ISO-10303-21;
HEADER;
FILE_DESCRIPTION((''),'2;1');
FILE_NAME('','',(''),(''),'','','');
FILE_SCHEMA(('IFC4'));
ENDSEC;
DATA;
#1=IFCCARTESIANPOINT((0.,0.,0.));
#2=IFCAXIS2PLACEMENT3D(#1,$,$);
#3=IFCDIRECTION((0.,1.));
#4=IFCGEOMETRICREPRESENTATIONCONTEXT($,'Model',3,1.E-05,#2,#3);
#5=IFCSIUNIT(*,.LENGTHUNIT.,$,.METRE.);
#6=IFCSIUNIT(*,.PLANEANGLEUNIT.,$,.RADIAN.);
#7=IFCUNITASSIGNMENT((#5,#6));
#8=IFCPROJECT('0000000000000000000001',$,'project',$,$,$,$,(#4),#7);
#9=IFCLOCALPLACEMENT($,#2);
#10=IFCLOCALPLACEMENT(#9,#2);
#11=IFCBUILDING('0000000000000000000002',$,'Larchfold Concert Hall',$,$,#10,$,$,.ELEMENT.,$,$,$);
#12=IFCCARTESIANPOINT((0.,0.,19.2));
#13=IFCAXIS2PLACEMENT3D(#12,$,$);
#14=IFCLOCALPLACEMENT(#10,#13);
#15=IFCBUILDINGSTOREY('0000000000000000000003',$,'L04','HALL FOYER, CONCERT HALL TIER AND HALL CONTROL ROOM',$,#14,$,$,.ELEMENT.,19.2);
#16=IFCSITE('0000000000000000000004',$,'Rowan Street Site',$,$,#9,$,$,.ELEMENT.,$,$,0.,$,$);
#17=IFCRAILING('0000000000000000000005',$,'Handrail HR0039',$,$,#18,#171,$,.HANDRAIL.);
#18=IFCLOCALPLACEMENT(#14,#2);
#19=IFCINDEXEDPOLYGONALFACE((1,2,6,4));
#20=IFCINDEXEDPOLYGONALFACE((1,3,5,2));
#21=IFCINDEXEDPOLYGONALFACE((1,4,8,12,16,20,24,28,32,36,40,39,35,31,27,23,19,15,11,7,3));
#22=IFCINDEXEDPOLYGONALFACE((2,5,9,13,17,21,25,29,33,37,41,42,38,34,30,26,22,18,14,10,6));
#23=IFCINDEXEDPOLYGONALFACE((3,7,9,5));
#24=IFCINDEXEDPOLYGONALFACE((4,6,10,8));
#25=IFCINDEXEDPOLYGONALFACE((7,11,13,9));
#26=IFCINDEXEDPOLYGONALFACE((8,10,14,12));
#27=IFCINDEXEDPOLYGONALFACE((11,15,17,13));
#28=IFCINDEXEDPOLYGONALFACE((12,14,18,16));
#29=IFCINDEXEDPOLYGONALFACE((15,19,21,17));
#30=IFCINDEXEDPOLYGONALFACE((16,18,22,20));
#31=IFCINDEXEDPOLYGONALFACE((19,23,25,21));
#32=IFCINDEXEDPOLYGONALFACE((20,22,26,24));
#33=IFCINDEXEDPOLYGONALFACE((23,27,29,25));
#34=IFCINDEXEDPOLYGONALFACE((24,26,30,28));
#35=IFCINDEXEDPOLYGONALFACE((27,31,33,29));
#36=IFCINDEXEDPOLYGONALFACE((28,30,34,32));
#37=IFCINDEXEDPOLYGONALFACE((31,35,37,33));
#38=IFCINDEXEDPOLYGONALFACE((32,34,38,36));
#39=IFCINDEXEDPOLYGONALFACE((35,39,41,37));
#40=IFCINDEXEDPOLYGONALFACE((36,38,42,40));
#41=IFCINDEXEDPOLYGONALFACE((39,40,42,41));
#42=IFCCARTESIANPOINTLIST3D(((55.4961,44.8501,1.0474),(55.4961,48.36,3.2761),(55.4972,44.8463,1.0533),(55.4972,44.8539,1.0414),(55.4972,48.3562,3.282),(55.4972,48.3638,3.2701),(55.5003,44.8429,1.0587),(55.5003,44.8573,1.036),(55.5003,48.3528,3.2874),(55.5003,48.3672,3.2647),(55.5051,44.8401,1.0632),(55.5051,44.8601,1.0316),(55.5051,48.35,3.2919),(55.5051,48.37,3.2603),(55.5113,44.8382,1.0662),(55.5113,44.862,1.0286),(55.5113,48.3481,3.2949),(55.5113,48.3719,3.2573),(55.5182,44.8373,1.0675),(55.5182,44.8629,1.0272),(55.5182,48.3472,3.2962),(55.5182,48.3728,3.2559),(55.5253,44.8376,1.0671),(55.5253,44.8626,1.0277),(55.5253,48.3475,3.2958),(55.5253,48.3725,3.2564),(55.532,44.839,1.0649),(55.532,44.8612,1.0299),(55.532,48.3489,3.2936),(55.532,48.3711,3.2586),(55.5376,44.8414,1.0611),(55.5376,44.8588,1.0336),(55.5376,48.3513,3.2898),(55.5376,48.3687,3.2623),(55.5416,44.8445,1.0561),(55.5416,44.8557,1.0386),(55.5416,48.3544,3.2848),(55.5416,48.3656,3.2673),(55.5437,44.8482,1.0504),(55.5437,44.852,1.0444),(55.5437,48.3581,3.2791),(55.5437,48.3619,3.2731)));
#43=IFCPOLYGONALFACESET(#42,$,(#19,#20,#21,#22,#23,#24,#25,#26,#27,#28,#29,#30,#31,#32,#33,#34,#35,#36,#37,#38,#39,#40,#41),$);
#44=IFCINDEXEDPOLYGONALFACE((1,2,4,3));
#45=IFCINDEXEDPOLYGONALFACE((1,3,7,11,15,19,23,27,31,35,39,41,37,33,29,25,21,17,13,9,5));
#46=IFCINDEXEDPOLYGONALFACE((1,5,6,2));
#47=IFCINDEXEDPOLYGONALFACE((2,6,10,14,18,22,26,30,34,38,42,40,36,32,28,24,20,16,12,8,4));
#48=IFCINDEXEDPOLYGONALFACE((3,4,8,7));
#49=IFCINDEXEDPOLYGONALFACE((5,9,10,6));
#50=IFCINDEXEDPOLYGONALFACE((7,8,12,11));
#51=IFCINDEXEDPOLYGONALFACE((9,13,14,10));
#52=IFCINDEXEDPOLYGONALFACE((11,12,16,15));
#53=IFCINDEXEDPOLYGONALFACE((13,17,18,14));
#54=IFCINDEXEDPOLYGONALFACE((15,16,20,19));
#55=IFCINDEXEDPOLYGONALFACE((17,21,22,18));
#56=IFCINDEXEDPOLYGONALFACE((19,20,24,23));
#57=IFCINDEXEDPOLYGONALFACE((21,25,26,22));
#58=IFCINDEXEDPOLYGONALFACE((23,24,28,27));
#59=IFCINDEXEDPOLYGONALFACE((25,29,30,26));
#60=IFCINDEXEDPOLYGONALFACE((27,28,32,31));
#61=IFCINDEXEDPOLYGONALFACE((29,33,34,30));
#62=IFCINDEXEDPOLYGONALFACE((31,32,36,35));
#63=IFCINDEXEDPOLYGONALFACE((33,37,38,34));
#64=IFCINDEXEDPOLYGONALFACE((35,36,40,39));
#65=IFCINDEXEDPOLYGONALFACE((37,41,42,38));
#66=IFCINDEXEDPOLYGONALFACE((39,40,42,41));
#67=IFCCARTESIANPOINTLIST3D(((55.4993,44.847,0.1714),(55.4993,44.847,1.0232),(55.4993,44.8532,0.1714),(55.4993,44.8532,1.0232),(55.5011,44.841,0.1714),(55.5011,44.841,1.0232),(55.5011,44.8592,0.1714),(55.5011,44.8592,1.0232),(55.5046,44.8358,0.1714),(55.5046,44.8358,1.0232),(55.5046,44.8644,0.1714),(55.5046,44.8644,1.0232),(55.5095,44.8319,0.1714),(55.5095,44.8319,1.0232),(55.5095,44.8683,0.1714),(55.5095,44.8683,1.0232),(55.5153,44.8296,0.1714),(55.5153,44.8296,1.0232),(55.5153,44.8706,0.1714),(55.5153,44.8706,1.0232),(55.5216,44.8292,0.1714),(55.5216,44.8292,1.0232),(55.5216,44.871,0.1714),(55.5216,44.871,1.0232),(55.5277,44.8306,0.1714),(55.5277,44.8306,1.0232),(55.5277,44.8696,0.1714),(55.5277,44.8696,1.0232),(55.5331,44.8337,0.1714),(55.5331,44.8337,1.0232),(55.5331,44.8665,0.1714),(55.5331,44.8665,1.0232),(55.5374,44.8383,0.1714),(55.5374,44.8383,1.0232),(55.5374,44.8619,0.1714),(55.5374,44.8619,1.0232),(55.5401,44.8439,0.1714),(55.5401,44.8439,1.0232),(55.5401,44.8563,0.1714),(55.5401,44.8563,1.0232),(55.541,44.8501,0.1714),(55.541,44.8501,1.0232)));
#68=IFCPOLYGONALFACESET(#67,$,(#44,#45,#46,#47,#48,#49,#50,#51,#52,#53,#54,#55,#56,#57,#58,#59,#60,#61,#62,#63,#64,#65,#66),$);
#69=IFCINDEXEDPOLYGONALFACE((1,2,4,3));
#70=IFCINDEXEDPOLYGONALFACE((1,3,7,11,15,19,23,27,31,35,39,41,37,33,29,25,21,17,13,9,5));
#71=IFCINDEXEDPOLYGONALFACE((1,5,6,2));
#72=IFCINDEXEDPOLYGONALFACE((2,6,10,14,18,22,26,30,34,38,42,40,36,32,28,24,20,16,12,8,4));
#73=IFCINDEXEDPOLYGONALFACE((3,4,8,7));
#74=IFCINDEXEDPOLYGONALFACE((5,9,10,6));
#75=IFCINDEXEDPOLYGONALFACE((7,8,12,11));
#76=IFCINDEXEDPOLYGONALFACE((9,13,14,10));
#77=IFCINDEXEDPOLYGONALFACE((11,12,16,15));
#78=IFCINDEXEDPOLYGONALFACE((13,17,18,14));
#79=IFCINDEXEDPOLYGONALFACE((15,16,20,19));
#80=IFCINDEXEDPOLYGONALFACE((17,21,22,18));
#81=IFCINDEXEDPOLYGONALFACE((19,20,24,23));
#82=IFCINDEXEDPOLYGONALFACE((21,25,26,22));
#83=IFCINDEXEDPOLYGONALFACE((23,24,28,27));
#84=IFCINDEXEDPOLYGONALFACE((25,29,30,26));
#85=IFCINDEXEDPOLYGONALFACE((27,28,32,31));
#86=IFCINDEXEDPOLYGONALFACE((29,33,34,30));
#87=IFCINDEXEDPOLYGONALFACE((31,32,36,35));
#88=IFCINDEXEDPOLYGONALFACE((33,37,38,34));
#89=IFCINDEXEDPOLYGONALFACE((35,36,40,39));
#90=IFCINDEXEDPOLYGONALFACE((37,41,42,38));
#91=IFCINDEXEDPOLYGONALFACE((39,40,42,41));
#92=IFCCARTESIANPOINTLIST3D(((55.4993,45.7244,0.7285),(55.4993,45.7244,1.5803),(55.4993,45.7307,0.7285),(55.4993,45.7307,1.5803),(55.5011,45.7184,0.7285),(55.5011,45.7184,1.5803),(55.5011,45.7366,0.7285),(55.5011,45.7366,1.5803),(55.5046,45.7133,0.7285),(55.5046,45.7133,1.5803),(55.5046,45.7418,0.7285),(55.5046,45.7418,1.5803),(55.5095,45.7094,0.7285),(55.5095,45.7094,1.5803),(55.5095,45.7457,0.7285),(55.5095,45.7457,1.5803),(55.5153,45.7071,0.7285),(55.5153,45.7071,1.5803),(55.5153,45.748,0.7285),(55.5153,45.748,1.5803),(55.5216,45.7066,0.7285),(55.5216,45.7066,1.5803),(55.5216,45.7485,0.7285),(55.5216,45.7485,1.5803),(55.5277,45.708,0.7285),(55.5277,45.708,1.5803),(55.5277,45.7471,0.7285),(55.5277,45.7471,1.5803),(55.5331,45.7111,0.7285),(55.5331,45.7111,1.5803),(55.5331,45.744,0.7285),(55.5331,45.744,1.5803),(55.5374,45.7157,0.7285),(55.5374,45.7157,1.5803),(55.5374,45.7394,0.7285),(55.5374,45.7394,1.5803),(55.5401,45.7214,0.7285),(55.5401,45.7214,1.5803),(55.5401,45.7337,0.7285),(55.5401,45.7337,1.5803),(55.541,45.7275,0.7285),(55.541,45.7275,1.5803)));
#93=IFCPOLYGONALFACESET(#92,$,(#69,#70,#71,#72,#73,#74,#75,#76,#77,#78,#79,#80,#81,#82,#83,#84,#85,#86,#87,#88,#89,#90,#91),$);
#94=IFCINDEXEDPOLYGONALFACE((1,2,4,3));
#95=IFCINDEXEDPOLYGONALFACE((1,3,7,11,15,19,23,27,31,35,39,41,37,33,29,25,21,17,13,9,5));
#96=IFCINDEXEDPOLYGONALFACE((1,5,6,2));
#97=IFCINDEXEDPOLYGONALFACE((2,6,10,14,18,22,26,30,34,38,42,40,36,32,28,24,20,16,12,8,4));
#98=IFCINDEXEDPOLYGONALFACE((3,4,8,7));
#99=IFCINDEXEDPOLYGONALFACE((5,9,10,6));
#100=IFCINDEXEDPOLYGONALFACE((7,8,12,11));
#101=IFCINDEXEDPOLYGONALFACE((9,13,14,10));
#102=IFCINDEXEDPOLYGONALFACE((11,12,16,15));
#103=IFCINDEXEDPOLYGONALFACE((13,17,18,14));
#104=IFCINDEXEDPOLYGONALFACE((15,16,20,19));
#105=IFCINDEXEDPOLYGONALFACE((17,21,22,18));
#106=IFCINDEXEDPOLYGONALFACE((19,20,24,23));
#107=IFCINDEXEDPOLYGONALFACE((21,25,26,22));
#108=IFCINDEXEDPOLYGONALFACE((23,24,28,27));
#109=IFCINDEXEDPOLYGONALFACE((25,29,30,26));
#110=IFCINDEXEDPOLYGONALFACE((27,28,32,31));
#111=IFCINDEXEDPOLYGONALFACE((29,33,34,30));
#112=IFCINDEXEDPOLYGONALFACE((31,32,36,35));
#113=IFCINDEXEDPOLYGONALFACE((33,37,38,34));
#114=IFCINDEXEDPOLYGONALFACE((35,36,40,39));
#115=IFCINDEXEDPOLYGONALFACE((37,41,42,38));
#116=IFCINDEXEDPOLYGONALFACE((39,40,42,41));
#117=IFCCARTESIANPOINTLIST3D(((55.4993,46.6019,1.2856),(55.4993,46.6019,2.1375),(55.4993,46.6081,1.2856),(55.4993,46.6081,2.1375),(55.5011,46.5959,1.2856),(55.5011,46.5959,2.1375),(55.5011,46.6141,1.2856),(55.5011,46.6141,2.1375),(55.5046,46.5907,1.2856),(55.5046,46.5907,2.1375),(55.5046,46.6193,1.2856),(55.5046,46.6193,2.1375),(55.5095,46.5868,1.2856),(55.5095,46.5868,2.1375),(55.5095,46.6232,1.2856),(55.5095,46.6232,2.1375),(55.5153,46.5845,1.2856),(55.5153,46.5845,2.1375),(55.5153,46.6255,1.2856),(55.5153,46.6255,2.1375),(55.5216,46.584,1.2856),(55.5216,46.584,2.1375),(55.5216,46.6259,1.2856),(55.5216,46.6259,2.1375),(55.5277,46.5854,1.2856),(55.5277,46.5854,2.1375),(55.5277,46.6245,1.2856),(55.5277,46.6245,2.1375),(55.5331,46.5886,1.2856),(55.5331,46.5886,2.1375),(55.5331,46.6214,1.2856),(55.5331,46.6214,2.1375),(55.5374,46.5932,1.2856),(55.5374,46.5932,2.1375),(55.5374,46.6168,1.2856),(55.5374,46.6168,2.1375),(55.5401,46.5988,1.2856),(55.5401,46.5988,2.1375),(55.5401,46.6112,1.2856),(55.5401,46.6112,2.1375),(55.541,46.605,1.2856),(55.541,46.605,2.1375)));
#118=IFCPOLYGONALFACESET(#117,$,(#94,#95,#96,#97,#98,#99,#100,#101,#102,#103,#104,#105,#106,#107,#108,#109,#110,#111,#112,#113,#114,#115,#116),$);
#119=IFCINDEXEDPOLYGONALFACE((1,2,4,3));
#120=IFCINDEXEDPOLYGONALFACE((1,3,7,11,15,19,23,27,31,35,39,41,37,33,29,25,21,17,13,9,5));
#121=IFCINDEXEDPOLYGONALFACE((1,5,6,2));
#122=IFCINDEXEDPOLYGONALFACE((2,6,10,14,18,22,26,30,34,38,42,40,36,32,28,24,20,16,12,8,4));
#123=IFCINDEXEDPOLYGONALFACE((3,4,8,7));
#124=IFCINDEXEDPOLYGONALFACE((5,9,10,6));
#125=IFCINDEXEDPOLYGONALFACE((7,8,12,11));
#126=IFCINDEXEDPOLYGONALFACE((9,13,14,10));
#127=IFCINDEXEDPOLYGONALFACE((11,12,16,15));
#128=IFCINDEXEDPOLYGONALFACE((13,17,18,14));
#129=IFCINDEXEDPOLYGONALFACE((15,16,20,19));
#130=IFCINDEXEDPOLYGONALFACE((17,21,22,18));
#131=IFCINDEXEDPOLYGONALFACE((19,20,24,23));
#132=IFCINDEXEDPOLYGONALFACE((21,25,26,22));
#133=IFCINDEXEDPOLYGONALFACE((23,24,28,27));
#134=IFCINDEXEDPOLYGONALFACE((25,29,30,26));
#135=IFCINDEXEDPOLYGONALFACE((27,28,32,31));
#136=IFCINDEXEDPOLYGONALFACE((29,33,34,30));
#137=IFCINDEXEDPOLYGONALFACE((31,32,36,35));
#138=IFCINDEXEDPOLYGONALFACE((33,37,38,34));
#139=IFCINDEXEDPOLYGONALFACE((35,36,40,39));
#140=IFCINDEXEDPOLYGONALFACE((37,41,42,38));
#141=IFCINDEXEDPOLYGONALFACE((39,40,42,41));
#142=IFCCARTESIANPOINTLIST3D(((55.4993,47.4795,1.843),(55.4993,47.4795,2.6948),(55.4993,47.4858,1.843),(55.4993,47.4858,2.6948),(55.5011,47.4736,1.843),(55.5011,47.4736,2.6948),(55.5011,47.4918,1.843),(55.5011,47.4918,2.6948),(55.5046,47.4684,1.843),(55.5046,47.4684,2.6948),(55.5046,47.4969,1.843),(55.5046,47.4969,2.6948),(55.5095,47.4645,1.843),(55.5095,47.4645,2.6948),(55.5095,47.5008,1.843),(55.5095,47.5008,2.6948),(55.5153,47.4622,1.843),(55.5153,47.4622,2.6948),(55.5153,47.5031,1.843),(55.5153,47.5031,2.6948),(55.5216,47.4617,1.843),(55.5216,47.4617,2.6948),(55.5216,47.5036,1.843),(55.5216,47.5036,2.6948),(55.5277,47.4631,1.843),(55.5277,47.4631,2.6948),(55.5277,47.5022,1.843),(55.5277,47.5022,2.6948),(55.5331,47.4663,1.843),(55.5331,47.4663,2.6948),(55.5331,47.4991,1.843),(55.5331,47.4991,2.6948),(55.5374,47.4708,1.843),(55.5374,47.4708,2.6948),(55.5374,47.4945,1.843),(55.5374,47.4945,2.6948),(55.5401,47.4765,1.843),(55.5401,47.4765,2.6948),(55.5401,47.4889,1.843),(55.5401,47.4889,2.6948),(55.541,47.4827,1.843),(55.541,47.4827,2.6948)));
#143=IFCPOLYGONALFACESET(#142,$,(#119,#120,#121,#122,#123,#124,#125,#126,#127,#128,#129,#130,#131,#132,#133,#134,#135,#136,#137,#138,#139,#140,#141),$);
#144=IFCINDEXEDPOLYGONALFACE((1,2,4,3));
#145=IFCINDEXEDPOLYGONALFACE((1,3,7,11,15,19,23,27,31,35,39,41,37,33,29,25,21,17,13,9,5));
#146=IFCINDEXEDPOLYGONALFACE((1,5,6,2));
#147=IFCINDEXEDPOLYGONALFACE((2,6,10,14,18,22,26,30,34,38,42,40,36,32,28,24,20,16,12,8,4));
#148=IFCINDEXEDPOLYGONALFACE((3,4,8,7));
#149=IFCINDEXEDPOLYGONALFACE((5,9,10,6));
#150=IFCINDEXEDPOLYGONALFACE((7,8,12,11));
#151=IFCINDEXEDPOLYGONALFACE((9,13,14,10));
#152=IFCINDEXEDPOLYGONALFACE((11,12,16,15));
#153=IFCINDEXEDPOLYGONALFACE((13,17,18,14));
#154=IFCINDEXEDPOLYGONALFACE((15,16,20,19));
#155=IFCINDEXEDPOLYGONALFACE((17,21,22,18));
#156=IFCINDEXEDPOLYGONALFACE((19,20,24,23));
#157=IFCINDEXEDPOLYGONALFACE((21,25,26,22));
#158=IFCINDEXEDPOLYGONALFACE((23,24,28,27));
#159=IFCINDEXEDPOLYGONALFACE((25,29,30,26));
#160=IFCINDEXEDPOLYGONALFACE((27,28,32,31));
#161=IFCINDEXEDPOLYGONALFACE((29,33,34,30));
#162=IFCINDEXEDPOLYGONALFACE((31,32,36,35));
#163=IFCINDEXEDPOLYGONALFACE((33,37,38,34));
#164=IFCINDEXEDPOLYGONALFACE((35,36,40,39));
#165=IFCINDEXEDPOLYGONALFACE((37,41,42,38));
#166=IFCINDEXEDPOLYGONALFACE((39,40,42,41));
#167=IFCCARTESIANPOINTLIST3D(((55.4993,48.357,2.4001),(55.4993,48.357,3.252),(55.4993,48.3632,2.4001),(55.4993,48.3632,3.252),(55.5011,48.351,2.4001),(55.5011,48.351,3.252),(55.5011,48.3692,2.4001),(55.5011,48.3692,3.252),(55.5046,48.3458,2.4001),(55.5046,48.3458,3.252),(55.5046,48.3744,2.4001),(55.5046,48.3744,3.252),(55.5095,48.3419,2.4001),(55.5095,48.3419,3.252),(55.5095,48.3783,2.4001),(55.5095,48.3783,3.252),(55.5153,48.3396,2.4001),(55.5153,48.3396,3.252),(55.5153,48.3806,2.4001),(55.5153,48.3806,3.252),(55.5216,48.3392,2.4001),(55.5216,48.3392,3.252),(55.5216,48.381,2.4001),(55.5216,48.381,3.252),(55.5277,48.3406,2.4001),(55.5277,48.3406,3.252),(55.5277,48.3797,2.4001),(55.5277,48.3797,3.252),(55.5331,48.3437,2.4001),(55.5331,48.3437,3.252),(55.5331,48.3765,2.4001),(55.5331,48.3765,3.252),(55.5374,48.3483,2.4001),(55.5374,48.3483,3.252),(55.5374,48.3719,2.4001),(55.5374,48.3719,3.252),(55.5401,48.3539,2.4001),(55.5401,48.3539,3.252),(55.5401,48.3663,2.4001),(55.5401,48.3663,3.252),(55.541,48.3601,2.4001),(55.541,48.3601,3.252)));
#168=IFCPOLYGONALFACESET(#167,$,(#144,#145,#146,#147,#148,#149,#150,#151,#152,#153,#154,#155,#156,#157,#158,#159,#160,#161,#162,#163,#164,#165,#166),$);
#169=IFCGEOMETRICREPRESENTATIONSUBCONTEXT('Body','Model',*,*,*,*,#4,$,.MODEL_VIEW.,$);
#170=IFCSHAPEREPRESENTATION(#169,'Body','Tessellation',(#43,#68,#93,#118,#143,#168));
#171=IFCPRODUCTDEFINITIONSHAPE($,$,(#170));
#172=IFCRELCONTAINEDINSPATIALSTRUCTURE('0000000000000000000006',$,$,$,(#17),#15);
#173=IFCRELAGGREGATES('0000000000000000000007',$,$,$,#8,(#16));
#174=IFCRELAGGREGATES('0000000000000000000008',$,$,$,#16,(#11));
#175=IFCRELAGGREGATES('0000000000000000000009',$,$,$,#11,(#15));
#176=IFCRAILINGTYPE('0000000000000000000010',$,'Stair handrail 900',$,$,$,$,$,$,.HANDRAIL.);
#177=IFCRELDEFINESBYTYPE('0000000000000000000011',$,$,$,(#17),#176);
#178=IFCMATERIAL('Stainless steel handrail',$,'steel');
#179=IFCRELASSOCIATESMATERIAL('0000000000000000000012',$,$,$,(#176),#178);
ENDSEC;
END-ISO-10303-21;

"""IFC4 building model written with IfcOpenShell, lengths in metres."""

from ifc_helpers import new_model, si_unit, direction, frame, origin, origin_2d, place, context, subcontext, project, spatial, circle, extrude, material, type_object, element, save


model = new_model("IFC4")

# Units and contexts
model_context = context("Model", 3, precision=1e-05, world=origin(), true_north=direction((0.0, 1.0)))
body_context = subcontext(model_context, "Body", "Model", "MODEL_VIEW")
ifc_project = project(units=[si_unit("LENGTHUNIT", "METRE"), si_unit("PLANEANGLEUNIT", "RADIAN")], contexts=[model_context])

# Site, building, storey
site_placement = place(None, origin())
site = spatial("IfcSite", under=ifc_project, at=site_placement, Name="Rowan Street Site", CompositionType="ELEMENT", RefElevation=0.0)
building_placement = place(site_placement, origin())
building = spatial("IfcBuilding", under=site, at=building_placement, Name="Larchfold Concert Hall", CompositionType="ELEMENT")
storey_placement = place(building_placement, frame((0.0, 0.0, 19.2)))
storey = spatial("IfcBuildingStorey", under=building, at=storey_placement, Name="L04", Description="HALL FOYER, CONCERT HALL TIER AND HALL CONTROL ROOM", CompositionType="ELEMENT", Elevation=19.2)

# Railing
ifc_material_1 = material(Name="Stainless steel handrail", Category="steel")
railing_type_1 = type_object("IfcRailingType", Name="Stair handrail 900", PredefinedType="HANDRAIL", material=ifc_material_1)
railing_1_placement = place(storey_placement, frame((55.52, 44.8501, 0.1714)))
element("IfcRailing", 1, at=railing_1_placement, inside=storey, type_object=railing_type_1, Name="Handrail HR0039", PredefinedType="HANDRAIL", context=body_context, shape_type="SweptSolid", body=[
    extrude(circle(Radius=0.0239, at=origin_2d()), frame((0.0, 0.0, 0.876), z_axis=(0.0, 0.844193, 0.536039), x_axis=(-1.0, 0.0, 0.0)), (0.0, 0.0, 1.0), 4.1577),
    extrude(circle(Radius=0.021, at=origin_2d()), origin(), (0.0, 0.0, 1.0), 0.8518),
    extrude(circle(Radius=0.021, at=origin_2d()), frame((0.0, 0.8774, 0.5571)), (0.0, 0.0, 1.0), 0.8518),
    extrude(circle(Radius=0.021, at=origin_2d()), frame((0.0, 1.7549, 1.1143)), (0.0, 0.0, 1.0), 0.8518),
    extrude(circle(Radius=0.021, at=origin_2d()), frame((0.0, 2.6326, 1.6716)), (0.0, 0.0, 1.0), 0.8518),
    extrude(circle(Radius=0.021, at=origin_2d()), frame((0.0, 3.51, 2.2288)), (0.0, 0.0, 1.0), 0.8518),
])

save(model, "model.ifc")
